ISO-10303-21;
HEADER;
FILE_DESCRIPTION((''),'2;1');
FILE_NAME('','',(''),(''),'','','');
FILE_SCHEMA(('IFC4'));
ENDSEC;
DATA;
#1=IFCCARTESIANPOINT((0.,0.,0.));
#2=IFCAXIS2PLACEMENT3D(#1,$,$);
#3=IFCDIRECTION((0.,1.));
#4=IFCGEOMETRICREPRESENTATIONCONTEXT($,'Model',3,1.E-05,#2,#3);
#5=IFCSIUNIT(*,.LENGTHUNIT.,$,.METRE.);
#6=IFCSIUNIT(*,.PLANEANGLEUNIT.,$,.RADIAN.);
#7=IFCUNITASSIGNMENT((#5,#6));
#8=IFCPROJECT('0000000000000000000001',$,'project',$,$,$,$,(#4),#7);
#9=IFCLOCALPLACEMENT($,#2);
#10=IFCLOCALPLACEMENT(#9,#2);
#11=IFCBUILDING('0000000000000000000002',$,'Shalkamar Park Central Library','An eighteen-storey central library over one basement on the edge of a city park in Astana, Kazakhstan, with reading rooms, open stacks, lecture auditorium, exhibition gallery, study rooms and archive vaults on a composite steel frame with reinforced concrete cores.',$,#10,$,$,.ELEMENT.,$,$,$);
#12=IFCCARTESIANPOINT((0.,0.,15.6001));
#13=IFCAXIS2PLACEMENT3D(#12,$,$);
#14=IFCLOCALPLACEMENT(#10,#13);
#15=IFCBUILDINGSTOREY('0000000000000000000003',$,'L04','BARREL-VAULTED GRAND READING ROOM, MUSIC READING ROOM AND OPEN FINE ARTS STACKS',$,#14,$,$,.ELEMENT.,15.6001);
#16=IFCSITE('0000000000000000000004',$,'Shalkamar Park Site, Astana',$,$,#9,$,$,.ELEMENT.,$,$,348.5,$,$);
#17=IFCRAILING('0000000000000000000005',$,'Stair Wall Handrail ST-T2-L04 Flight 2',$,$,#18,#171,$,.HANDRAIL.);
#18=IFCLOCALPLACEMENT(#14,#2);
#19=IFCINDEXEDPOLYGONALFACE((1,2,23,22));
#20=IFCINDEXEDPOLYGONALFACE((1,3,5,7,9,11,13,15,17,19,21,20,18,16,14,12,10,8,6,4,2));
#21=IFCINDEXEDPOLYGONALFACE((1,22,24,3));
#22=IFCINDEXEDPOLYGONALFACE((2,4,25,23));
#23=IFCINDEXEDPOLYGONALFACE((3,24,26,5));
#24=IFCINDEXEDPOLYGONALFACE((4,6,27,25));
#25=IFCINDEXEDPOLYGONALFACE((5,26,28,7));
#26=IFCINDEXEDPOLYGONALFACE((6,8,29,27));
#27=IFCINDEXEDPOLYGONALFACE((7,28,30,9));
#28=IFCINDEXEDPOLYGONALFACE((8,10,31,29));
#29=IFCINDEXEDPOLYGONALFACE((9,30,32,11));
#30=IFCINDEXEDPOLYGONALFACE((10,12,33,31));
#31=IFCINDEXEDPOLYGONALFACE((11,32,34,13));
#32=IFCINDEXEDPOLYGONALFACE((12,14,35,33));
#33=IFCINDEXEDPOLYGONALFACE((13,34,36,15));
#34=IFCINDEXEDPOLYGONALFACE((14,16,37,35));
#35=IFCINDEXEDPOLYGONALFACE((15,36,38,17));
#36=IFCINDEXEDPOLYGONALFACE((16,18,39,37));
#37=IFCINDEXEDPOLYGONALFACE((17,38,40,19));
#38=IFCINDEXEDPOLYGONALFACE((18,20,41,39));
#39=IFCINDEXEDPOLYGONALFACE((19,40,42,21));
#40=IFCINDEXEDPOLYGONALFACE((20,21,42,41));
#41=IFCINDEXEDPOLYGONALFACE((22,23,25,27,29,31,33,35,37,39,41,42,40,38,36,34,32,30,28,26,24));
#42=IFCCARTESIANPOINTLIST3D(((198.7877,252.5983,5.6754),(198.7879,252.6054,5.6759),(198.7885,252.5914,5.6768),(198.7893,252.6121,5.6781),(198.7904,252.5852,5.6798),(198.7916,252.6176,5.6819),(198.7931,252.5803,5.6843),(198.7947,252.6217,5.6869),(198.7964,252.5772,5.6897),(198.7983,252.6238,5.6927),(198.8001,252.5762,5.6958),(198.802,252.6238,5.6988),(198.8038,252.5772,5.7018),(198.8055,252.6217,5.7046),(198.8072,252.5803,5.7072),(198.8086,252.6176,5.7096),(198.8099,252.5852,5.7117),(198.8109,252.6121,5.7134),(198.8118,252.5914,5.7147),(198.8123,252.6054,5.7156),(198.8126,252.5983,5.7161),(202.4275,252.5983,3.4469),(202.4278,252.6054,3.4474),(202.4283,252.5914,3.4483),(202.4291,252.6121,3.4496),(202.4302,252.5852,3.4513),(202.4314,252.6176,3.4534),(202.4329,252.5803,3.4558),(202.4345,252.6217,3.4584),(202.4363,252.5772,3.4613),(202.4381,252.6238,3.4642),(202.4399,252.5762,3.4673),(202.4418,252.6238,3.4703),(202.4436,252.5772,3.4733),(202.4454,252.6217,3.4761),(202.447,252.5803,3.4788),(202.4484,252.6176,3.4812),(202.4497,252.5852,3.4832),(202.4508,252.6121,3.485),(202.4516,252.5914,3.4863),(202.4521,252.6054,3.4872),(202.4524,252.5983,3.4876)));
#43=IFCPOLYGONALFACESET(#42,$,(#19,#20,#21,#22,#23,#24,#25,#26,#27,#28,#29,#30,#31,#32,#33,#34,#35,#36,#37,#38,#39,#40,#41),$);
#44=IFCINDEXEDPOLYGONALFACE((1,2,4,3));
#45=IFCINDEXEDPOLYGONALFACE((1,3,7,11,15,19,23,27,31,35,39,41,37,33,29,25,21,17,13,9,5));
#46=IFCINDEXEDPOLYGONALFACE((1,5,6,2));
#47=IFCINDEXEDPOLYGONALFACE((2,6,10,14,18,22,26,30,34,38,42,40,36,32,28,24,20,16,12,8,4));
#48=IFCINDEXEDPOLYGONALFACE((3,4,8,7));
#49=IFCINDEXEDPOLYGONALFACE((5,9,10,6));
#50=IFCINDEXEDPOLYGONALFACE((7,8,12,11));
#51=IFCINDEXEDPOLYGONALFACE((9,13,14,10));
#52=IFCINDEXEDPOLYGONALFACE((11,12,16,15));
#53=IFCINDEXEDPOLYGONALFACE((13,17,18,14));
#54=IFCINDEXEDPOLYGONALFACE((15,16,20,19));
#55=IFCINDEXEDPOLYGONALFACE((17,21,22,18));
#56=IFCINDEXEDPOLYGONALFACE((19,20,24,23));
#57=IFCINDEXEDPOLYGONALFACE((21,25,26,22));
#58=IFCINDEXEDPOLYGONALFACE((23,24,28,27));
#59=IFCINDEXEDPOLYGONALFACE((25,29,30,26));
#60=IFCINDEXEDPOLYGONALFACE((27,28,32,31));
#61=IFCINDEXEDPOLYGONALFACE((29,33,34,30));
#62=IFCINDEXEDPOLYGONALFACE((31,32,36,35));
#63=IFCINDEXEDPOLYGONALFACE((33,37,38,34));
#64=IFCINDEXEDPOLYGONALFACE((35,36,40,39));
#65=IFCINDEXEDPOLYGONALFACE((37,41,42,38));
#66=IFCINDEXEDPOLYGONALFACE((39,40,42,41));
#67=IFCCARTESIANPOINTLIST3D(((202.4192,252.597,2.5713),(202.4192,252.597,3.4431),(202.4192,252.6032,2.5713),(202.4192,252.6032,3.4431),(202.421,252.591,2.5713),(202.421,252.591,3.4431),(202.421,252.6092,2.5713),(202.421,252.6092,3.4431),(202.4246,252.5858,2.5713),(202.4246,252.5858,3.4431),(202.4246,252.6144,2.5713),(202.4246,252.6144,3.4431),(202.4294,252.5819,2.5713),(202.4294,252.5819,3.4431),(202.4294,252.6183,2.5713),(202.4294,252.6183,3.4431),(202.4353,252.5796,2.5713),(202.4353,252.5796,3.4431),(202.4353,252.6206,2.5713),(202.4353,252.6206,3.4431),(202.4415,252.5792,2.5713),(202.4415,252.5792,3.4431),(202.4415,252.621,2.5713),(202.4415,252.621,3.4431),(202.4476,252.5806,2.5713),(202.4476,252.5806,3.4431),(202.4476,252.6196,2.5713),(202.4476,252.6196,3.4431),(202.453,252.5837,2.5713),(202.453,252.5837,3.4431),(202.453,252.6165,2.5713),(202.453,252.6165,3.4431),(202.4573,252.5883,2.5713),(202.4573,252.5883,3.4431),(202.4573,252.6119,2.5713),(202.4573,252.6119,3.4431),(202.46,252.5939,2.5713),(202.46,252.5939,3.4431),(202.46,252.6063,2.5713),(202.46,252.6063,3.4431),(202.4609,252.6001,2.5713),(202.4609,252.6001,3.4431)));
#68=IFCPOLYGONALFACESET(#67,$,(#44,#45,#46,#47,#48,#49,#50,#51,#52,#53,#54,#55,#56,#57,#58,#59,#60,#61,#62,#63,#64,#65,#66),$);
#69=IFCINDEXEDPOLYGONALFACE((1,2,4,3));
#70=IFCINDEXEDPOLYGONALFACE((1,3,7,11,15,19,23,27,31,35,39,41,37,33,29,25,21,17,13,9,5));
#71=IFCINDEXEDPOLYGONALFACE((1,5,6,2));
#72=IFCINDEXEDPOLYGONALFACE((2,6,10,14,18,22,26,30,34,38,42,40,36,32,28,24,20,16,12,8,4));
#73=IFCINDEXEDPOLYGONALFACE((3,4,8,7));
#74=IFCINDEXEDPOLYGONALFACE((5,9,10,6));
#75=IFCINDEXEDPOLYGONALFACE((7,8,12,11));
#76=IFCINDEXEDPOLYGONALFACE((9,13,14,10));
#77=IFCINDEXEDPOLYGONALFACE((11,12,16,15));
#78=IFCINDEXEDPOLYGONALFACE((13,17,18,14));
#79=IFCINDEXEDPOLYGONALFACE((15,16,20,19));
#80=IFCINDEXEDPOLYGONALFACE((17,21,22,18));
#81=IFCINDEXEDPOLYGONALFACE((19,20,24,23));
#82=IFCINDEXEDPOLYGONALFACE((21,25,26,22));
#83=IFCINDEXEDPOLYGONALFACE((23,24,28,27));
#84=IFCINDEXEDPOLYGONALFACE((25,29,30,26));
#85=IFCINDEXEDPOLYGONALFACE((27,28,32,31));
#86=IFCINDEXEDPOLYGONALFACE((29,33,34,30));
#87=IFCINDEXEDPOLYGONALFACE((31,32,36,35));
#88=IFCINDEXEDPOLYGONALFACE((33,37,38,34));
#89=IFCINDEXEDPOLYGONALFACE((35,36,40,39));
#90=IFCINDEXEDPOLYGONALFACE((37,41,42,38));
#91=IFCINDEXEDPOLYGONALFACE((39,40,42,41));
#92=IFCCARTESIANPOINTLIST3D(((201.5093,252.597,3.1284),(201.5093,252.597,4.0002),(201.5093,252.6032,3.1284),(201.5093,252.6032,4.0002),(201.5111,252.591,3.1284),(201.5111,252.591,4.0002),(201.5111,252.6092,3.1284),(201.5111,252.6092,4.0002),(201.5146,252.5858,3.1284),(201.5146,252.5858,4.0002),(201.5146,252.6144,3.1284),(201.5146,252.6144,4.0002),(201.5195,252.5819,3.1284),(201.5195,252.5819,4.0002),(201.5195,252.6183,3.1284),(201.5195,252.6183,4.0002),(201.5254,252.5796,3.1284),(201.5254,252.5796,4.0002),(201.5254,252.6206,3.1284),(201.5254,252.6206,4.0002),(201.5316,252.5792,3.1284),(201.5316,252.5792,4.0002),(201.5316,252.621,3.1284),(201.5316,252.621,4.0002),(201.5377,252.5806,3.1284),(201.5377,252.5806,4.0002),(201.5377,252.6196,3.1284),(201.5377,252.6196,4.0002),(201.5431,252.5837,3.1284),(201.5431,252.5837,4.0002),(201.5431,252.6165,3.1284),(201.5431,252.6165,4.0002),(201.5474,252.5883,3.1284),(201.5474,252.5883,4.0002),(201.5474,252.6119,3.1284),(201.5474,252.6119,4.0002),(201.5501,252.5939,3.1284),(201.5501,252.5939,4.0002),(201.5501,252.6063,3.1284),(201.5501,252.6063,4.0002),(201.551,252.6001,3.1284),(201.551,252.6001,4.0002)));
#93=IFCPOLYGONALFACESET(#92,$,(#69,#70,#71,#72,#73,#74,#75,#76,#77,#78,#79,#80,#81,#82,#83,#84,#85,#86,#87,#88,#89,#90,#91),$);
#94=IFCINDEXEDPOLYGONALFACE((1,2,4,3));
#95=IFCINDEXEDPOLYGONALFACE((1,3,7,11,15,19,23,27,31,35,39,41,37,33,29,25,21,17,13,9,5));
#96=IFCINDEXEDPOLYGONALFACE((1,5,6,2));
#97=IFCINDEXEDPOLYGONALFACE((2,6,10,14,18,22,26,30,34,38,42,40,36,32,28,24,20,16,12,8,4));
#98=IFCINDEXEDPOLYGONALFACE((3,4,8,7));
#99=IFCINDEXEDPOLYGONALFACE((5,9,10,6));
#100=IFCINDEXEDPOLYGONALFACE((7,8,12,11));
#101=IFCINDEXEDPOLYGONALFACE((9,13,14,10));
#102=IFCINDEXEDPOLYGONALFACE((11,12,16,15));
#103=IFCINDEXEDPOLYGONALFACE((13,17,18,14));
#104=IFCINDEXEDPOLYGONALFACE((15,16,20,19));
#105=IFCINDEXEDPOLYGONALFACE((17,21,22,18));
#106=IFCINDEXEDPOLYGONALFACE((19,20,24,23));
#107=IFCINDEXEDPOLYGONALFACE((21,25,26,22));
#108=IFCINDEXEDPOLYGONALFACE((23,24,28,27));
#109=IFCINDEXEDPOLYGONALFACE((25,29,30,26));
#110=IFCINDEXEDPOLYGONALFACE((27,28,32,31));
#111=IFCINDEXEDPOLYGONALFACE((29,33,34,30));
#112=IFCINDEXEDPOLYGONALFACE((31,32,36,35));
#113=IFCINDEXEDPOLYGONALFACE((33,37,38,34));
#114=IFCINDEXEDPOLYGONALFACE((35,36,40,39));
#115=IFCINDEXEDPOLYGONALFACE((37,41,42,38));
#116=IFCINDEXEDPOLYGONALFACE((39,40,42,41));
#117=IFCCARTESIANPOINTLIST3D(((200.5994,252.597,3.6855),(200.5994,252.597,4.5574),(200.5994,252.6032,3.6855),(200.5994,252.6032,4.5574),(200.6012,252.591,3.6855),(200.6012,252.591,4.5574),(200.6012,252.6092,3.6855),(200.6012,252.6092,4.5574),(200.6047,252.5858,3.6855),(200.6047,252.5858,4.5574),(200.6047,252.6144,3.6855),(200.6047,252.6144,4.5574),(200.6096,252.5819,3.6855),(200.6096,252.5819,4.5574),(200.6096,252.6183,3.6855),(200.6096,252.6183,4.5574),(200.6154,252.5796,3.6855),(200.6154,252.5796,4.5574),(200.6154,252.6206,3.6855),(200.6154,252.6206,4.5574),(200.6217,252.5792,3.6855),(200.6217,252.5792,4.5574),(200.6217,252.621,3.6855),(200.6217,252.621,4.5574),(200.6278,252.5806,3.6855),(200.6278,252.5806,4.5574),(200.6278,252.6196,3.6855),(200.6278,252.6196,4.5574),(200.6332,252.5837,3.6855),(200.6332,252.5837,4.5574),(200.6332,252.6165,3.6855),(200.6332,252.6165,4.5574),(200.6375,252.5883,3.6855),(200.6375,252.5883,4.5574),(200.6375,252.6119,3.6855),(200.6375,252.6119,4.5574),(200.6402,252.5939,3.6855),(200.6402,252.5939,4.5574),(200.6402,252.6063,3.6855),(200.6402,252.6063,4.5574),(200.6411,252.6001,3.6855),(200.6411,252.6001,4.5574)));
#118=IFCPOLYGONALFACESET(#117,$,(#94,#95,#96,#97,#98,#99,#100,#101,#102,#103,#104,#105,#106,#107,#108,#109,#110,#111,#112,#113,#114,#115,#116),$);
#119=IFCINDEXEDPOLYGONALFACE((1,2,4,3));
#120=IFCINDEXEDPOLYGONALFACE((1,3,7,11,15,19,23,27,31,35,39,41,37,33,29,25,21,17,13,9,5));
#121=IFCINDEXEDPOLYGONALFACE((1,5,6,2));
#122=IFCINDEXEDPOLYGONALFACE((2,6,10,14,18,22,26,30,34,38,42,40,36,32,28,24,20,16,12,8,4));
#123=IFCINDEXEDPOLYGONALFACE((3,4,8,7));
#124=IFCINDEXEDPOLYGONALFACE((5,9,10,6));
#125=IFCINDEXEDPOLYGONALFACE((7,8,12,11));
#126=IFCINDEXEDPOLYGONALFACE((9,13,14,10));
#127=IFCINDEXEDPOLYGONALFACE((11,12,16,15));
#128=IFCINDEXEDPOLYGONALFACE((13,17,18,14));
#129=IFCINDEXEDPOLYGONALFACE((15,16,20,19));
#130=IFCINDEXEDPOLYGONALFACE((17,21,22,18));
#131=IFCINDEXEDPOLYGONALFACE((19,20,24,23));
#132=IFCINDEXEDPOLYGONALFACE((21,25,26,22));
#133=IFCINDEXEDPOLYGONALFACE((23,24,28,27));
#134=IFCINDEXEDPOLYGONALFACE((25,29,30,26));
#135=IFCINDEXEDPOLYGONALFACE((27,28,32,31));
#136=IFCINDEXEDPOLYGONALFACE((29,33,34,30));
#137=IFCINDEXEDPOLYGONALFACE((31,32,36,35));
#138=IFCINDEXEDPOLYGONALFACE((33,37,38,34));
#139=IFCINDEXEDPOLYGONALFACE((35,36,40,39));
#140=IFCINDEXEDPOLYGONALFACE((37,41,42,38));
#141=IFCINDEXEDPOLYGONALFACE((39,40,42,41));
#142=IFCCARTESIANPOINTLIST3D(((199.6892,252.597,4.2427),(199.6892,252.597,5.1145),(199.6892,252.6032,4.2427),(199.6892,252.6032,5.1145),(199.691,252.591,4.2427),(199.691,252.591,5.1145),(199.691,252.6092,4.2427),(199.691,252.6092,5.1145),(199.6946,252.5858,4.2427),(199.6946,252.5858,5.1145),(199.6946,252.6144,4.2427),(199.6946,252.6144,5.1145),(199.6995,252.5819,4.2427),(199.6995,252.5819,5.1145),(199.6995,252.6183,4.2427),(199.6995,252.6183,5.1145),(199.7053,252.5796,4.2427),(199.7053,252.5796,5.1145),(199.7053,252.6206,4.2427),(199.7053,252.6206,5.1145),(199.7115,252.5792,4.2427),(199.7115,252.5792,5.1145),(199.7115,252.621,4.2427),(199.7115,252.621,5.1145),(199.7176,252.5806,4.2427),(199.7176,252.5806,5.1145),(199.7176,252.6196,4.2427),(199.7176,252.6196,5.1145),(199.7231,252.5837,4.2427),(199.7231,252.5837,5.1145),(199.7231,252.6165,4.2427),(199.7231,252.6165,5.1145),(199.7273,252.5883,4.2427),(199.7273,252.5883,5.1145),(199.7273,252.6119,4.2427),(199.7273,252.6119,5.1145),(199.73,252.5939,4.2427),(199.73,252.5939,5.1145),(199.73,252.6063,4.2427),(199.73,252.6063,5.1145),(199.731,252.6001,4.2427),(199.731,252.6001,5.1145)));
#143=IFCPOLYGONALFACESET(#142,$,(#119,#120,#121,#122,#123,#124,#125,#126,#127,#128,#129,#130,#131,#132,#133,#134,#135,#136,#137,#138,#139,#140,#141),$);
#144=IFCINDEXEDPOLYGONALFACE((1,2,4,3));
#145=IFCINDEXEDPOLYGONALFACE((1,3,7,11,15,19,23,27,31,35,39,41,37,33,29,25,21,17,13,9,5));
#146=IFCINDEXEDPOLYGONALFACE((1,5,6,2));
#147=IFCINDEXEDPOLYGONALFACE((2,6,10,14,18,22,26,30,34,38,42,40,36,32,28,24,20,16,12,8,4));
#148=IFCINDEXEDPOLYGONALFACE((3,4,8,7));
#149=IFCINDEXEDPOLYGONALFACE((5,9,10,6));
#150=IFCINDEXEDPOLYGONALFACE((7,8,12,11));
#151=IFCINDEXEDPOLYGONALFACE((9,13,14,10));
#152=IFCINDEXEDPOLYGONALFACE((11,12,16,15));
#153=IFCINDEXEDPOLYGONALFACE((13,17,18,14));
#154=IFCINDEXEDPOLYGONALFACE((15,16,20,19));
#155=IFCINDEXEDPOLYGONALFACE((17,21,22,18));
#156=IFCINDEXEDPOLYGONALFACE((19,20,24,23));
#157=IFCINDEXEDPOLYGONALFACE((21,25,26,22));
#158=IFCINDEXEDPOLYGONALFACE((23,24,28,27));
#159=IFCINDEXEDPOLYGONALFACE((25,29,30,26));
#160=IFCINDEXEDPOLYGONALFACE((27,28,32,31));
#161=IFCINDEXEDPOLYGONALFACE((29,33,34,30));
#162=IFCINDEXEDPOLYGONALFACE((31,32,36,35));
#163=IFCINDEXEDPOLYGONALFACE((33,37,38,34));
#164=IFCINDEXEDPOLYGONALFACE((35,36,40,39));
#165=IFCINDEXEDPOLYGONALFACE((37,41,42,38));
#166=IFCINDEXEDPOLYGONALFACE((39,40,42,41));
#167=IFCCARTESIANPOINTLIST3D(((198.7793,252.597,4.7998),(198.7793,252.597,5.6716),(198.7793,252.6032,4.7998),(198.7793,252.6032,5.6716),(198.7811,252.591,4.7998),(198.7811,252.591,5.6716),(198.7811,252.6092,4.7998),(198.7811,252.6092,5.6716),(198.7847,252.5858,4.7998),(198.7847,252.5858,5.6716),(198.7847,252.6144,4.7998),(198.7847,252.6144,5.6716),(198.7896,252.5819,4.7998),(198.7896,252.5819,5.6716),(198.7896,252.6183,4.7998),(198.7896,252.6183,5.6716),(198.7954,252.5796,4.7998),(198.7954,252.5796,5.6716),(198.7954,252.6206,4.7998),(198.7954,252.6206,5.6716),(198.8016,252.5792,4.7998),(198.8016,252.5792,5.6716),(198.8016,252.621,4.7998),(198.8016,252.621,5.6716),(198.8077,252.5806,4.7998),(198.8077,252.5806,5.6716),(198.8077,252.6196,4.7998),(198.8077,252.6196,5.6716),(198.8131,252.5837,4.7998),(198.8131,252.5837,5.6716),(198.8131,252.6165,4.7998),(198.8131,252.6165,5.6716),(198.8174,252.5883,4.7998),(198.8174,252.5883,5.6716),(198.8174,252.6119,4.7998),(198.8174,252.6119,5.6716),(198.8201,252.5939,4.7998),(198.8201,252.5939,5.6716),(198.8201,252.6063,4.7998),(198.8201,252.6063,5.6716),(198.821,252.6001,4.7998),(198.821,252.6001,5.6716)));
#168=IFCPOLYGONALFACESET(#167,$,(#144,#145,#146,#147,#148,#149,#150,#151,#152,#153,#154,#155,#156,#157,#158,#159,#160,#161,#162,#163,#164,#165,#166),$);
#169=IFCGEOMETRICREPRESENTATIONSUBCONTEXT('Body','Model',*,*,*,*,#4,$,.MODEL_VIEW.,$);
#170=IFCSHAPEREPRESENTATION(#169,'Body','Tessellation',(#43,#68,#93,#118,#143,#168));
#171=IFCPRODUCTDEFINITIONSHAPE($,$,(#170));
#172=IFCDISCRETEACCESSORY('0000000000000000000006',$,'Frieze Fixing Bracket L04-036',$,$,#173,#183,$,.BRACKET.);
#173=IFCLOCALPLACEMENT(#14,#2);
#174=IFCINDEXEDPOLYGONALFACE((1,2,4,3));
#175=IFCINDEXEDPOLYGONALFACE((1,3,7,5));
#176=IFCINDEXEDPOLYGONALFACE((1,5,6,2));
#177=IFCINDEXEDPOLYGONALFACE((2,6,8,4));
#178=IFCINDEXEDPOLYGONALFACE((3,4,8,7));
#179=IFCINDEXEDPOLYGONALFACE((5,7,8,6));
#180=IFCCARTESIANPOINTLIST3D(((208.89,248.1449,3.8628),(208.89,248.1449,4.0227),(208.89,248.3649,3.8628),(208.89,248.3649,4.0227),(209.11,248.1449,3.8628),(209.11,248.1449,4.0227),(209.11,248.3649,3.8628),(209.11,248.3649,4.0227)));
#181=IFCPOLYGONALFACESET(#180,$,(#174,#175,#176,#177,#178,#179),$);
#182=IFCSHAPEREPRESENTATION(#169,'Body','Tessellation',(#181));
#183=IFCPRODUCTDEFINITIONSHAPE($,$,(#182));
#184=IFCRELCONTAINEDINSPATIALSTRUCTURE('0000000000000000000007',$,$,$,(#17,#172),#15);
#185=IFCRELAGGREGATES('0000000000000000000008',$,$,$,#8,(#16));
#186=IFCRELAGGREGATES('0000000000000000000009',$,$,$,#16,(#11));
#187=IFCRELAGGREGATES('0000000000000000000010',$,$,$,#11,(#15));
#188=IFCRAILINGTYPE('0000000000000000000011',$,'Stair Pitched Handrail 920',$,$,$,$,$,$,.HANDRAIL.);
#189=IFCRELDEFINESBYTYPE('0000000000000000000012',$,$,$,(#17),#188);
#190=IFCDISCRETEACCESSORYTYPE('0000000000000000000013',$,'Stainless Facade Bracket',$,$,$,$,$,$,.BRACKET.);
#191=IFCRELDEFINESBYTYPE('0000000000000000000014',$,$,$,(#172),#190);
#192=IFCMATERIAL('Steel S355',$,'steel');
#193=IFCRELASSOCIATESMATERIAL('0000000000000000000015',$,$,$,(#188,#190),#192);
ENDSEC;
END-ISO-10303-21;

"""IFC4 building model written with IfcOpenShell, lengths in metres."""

from ifc_helpers import new_model, si_unit, direction, frame, origin, origin_2d, place, context, subcontext, project, spatial, rectangle, circle, extrude, material, type_object, element, save


model = new_model("IFC4")

# Units and contexts
model_context = context("Model", 3, precision=1e-05, world=origin(), true_north=direction((0.0, 1.0)))
body_context = subcontext(model_context, "Body", "Model", "MODEL_VIEW")
ifc_project = project(units=[si_unit("LENGTHUNIT", "METRE"), si_unit("PLANEANGLEUNIT", "RADIAN")], contexts=[model_context])

# Site, building, storey
site_placement = place(None, origin())
site = spatial("IfcSite", under=ifc_project, at=site_placement, Name="Shalkamar Park Site, Astana", CompositionType="ELEMENT", RefElevation=348.5)
building_placement = place(site_placement, origin())
building = spatial("IfcBuilding", under=site, at=building_placement, Name="Shalkamar Park Central Library", Description="An eighteen-storey central library over one basement on the edge of a city park in Astana, Kazakhstan, with reading rooms, open stacks, lecture auditorium, exhibition gallery, study rooms and archive vaults on a composite steel frame with reinforced concrete cores.", CompositionType="ELEMENT")
storey_placement = place(building_placement, frame((0.0, 0.0, 15.6001)))
storey = spatial("IfcBuildingStorey", under=building, at=storey_placement, Name="L04", Description="BARREL-VAULTED GRAND READING ROOM, MUSIC READING ROOM AND OPEN FINE ARTS STACKS", CompositionType="ELEMENT", Elevation=15.6001)

# Shared definitions
ifc_material_1 = material(Name="Steel S355", Category="steel")

# Railing
railing_type_1 = type_object("IfcRailingType", Name="Stair Pitched Handrail 920", PredefinedType="HANDRAIL", material=ifc_material_1)
railing_1_placement = place(storey_placement, frame((202.4399, 252.6001, 2.5713)))
element("IfcRailing", 1, at=railing_1_placement, inside=storey, type_object=railing_type_1, Name="Stair Wall Handrail ST-T2-L04 Flight 2", PredefinedType="HANDRAIL", context=body_context, shape_type="SweptSolid", body=[
    extrude(circle(Radius=0.0239, at=origin_2d()), frame((0.0, 0.0, 0.896), z_axis=(-0.85285, 0.0, 0.522156), x_axis=(0.0, -1.0, 0.0)), (0.0, 0.0, 1.0), 4.2678),
    extrude(circle(Radius=0.021, at=origin_2d()), origin(), (0.0, 0.0, 1.0), 0.8718),
    extrude(circle(Radius=0.021, at=origin_2d()), frame((-0.9099, 0.0, 0.5571)), (0.0, 0.0, 1.0), 0.8718),
    extrude(circle(Radius=0.021, at=origin_2d()), frame((-1.8198, 0.0, 1.1143)), (0.0, 0.0, 1.0), 0.8718),
    extrude(circle(Radius=0.021, at=origin_2d()), frame((-2.73, 0.0, 1.6714)), (0.0, 0.0, 1.0), 0.8718),
    extrude(circle(Radius=0.021, at=origin_2d()), frame((-3.6399, 0.0, 2.2285)), (0.0, 0.0, 1.0), 0.8718),
])

# Discrete accessory
discrete_accessory_type = type_object("IfcDiscreteAccessoryType", Name="Stainless Facade Bracket", PredefinedType="BRACKET", material=ifc_material_1)
discrete_accessory_placement = place(storey_placement, frame((209.0, 248.2549, 3.8628), z_axis=(0.0, 0.0, 1.0), x_axis=(1.0, 0.0, 0.0)))
element("IfcDiscreteAccessory", 2, at=discrete_accessory_placement, inside=storey, type_object=discrete_accessory_type, Name="Frieze Fixing Bracket L04-036", PredefinedType="BRACKET", context=body_context, shape_type="SweptSolid", body=[
    extrude(rectangle(XDim=0.22, YDim=0.22, at=origin_2d()), origin(), (0.0, 0.0, 1.0), 0.1599),
])

save(model, "model.ifc")
